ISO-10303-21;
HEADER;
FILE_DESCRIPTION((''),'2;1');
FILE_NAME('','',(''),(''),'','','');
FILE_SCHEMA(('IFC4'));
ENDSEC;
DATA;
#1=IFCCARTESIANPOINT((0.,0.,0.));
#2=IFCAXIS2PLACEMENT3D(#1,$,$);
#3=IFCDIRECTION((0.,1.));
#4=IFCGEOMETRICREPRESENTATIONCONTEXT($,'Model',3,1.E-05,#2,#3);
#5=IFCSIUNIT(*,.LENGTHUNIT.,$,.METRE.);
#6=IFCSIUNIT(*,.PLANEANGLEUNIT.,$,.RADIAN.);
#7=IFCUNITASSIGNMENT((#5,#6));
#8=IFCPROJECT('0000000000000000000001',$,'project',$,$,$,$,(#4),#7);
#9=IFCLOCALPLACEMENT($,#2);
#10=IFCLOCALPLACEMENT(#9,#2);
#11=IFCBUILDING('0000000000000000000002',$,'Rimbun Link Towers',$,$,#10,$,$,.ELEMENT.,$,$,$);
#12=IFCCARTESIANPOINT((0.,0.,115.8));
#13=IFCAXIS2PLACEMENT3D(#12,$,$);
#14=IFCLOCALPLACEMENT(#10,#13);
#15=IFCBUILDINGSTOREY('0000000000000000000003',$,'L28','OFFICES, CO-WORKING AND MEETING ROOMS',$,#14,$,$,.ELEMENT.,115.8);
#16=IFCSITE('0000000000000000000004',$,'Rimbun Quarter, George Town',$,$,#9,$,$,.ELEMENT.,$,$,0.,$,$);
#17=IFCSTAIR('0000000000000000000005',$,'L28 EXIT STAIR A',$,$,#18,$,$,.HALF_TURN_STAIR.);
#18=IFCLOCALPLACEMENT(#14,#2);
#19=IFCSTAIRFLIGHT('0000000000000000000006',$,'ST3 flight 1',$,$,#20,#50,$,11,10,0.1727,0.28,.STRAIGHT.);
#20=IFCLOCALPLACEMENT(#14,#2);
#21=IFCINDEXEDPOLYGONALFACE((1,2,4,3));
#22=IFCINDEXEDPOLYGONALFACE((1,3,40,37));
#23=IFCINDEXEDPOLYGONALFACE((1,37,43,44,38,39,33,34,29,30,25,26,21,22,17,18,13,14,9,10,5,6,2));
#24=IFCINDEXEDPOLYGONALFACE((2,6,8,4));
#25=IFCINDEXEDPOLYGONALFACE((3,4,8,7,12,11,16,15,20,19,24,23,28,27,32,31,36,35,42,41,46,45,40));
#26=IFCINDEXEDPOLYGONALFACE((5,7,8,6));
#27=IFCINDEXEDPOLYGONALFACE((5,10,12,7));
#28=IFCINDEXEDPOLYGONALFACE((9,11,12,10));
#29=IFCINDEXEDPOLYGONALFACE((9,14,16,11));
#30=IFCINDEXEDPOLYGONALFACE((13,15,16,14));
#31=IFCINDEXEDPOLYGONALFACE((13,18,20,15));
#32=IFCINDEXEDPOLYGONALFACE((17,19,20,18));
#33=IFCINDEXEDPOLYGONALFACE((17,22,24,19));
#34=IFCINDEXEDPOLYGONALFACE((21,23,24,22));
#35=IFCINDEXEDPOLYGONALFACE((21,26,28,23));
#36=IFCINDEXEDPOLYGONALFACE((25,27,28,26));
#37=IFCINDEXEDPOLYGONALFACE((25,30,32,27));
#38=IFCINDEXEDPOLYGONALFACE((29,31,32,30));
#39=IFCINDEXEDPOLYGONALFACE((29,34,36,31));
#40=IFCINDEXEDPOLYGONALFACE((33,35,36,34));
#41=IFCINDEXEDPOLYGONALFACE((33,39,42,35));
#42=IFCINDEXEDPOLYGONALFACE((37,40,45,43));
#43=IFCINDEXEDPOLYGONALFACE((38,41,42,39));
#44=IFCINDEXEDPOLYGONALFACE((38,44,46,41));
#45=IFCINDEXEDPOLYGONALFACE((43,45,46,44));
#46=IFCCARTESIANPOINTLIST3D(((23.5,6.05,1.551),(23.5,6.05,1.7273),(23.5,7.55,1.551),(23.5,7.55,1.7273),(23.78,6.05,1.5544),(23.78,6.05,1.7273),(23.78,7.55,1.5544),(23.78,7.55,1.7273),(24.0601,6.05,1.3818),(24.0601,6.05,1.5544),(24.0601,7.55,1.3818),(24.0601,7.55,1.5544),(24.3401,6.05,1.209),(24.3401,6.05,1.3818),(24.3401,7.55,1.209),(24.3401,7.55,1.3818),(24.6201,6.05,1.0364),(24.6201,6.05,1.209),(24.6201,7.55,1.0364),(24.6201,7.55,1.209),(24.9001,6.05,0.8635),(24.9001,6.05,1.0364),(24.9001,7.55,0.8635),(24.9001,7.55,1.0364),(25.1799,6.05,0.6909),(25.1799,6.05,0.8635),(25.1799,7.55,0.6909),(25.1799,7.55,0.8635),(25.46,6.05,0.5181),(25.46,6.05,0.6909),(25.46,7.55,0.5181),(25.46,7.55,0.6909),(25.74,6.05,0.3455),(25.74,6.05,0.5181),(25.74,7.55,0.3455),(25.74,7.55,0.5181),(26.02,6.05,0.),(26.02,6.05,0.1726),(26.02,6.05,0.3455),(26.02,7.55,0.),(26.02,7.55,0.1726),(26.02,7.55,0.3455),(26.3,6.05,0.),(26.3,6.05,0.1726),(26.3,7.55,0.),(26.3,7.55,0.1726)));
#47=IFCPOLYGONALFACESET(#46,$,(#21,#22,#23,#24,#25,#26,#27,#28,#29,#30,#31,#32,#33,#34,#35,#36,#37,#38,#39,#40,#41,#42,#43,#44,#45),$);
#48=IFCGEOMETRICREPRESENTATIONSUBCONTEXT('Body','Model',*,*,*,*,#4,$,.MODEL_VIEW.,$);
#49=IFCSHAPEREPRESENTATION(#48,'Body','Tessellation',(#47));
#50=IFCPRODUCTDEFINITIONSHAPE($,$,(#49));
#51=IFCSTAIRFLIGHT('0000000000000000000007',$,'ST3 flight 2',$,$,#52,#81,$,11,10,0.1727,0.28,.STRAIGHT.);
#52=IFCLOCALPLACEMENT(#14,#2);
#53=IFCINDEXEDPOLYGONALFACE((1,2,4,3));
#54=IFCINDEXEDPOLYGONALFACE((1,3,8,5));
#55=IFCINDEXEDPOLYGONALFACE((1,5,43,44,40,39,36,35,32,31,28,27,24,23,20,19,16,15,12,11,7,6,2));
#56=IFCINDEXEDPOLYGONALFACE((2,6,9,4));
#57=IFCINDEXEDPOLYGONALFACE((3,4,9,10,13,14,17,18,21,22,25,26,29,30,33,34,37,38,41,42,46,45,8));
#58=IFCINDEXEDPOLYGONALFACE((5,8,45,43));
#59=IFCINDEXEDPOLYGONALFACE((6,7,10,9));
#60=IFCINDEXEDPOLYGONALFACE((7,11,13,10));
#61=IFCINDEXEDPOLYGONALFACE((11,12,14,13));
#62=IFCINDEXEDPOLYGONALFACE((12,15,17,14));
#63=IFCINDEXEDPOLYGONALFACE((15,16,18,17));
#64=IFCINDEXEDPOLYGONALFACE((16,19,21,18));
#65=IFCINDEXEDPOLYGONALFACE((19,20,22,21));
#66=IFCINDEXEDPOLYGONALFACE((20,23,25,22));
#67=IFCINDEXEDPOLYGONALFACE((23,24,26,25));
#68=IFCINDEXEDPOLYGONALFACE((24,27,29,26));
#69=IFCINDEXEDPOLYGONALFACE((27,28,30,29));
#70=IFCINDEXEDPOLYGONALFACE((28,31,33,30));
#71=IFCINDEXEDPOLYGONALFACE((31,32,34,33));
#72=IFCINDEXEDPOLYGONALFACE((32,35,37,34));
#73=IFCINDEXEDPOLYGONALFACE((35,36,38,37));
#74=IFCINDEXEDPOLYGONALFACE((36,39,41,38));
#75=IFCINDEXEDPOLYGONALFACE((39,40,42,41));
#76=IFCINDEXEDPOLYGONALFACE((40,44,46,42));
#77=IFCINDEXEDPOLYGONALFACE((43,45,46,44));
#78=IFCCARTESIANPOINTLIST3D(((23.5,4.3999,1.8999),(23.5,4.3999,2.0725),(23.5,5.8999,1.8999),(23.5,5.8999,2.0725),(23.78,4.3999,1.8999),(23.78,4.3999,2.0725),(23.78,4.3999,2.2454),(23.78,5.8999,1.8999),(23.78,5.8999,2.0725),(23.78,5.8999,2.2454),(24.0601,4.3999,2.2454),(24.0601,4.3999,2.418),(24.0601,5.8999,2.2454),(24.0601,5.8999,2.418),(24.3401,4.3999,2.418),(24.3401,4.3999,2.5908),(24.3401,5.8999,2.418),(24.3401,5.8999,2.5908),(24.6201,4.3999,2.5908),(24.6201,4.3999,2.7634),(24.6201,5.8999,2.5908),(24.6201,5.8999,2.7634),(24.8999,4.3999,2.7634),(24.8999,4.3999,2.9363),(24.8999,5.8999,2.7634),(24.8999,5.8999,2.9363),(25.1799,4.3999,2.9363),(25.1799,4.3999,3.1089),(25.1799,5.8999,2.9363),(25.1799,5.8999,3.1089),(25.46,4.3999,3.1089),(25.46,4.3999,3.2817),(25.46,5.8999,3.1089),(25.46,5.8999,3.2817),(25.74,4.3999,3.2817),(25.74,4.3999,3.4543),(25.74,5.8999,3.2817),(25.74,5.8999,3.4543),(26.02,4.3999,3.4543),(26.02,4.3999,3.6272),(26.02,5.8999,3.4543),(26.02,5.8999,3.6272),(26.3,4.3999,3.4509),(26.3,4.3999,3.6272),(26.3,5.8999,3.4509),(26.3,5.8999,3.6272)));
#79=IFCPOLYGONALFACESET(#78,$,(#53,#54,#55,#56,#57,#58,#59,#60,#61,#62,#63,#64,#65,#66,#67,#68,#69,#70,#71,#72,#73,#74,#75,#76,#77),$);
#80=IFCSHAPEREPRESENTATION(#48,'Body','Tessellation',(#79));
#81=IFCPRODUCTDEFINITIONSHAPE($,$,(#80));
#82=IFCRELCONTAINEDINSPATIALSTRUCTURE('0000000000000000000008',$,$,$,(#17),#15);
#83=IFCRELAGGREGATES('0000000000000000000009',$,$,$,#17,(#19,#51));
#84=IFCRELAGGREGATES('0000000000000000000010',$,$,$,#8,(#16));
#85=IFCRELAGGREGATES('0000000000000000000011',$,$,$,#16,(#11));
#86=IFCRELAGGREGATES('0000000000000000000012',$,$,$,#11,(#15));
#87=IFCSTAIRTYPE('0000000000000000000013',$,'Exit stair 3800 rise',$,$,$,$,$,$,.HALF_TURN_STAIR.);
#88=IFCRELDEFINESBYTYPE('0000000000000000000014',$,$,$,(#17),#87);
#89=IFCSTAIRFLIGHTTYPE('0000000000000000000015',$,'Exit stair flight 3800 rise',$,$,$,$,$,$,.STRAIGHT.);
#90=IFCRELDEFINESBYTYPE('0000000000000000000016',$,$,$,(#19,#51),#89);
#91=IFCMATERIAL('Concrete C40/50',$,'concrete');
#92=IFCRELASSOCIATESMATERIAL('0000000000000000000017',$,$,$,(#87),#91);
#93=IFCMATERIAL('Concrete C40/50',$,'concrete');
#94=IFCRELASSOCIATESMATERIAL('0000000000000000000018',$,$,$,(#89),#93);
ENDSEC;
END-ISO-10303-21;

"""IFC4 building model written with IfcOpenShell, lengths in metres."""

from ifc_helpers import new_model, si_unit, direction, frame, origin, place, context, subcontext, project, spatial, polyline, outline, extrude, material, type_object, element, aggregate, save


model = new_model("IFC4")

# Units and contexts
model_context = context("Model", 3, precision=1e-05, world=origin(), true_north=direction((0.0, 1.0)))
body_context = subcontext(model_context, "Body", "Model", "MODEL_VIEW")
ifc_project = project(units=[si_unit("LENGTHUNIT", "METRE"), si_unit("PLANEANGLEUNIT", "RADIAN")], contexts=[model_context])

# Site, building, storey
site_placement = place(None, origin())
site = spatial("IfcSite", under=ifc_project, at=site_placement, Name="Rimbun Quarter, George Town", CompositionType="ELEMENT", RefElevation=0.0)
building_placement = place(site_placement, origin())
building = spatial("IfcBuilding", under=site, at=building_placement, Name="Rimbun Link Towers", CompositionType="ELEMENT")
storey_placement = place(building_placement, frame((0.0, 0.0, 115.8)))
storey = spatial("IfcBuildingStorey", under=building, at=storey_placement, Name="L28", Description="OFFICES, CO-WORKING AND MEETING ROOMS", CompositionType="ELEMENT", Elevation=115.8)

# Stair, stair flights
ifc_material_1 = material(Name="Concrete C40/50", Category="concrete")
stair_type = type_object("IfcStairType", Name="Exit stair 3800 rise", PredefinedType="HALF_TURN_STAIR", material=ifc_material_1)
stair_placement = place(storey_placement, origin())
stair = element("IfcStair", 1, at=stair_placement, inside=storey, type_object=stair_type, Name="L28 EXIT STAIR A", PredefinedType="HALF_TURN_STAIR")
ifc_material_2 = material(Name="Concrete C40/50", Category="concrete")
stair_flight_type = type_object("IfcStairFlightType", Name="Exit stair flight 3800 rise", PredefinedType="STRAIGHT", material=ifc_material_2)
stair_flight_1_placement = place(storey_placement, frame((26.3, 6.8, 0.0), z_axis=(0.0, 0.0, 1.0), x_axis=(-1.0, 0.0, 0.0)))
stair_flight_1 = element("IfcStairFlight", 2, at=stair_flight_1_placement, type_object=stair_flight_type, Name="ST3 flight 1", NumberOfRisers=11, NumberOfTreads=10, PredefinedType="STRAIGHT", RiserHeight=0.1727, TreadLength=0.28, context=body_context, shape_type="SweptSolid", body=[
    extrude(outline(polyline([(0.0, 0.0), (0.0, 0.1726), (0.28, 0.1726), (0.28, 0.3455), (0.5601, 0.3455), (0.5601, 0.5181), (0.8401, 0.5181), (0.8401, 0.6909), (1.1201, 0.6909), (1.1201, 0.8635), (1.3999, 0.8635), (1.3999, 1.0364), (1.6799, 1.0364), (1.6799, 1.209), (1.96, 1.209), (1.96, 1.3818), (2.24, 1.3818), (2.24, 1.5544), (2.52, 1.5544), (2.52, 1.7273), (2.8, 1.7273), (2.8, 1.8999), (2.8, 1.551), (0.28, 0.0), (0.0, 0.0)])), frame((0.0, 0.75, 0.0), z_axis=(0.0, -1.0, 0.0), x_axis=(1.0, 0.0, 0.0)), (0.0, 0.0, 1.0), 1.5),
])
stair_flight_2_placement = place(storey_placement, frame((23.5, 5.1499, 1.8999), z_axis=(0.0, 0.0, 1.0), x_axis=(1.0, 0.0, 0.0)))
stair_flight_2 = element("IfcStairFlight", 3, at=stair_flight_2_placement, type_object=stair_flight_type, Name="ST3 flight 2", NumberOfRisers=11, NumberOfTreads=10, PredefinedType="STRAIGHT", RiserHeight=0.1727, TreadLength=0.28, context=body_context, shape_type="SweptSolid", body=[
    extrude(outline(polyline([(0.0, 0.0), (0.0, 0.1726), (0.28, 0.1726), (0.28, 0.3455), (0.5601, 0.3455), (0.5601, 0.5181), (0.8401, 0.5181), (0.8401, 0.6909), (1.1201, 0.6909), (1.1201, 0.8635), (1.3999, 0.8635), (1.3999, 1.0364), (1.6799, 1.0364), (1.6799, 1.209), (1.96, 1.209), (1.96, 1.3818), (2.24, 1.3818), (2.24, 1.5544), (2.52, 1.5544), (2.52, 1.7273), (2.8, 1.7273), (2.8, 1.8999), (2.8, 1.551), (0.28, 0.0), (0.0, 0.0)])), frame((0.0, 0.75, 0.0), z_axis=(0.0, -1.0, 0.0), x_axis=(1.0, 0.0, 0.0)), (0.0, 0.0, 1.0), 1.5),
])
aggregate(stair, [stair_flight_1, stair_flight_2])

save(model, "model.ifc")
